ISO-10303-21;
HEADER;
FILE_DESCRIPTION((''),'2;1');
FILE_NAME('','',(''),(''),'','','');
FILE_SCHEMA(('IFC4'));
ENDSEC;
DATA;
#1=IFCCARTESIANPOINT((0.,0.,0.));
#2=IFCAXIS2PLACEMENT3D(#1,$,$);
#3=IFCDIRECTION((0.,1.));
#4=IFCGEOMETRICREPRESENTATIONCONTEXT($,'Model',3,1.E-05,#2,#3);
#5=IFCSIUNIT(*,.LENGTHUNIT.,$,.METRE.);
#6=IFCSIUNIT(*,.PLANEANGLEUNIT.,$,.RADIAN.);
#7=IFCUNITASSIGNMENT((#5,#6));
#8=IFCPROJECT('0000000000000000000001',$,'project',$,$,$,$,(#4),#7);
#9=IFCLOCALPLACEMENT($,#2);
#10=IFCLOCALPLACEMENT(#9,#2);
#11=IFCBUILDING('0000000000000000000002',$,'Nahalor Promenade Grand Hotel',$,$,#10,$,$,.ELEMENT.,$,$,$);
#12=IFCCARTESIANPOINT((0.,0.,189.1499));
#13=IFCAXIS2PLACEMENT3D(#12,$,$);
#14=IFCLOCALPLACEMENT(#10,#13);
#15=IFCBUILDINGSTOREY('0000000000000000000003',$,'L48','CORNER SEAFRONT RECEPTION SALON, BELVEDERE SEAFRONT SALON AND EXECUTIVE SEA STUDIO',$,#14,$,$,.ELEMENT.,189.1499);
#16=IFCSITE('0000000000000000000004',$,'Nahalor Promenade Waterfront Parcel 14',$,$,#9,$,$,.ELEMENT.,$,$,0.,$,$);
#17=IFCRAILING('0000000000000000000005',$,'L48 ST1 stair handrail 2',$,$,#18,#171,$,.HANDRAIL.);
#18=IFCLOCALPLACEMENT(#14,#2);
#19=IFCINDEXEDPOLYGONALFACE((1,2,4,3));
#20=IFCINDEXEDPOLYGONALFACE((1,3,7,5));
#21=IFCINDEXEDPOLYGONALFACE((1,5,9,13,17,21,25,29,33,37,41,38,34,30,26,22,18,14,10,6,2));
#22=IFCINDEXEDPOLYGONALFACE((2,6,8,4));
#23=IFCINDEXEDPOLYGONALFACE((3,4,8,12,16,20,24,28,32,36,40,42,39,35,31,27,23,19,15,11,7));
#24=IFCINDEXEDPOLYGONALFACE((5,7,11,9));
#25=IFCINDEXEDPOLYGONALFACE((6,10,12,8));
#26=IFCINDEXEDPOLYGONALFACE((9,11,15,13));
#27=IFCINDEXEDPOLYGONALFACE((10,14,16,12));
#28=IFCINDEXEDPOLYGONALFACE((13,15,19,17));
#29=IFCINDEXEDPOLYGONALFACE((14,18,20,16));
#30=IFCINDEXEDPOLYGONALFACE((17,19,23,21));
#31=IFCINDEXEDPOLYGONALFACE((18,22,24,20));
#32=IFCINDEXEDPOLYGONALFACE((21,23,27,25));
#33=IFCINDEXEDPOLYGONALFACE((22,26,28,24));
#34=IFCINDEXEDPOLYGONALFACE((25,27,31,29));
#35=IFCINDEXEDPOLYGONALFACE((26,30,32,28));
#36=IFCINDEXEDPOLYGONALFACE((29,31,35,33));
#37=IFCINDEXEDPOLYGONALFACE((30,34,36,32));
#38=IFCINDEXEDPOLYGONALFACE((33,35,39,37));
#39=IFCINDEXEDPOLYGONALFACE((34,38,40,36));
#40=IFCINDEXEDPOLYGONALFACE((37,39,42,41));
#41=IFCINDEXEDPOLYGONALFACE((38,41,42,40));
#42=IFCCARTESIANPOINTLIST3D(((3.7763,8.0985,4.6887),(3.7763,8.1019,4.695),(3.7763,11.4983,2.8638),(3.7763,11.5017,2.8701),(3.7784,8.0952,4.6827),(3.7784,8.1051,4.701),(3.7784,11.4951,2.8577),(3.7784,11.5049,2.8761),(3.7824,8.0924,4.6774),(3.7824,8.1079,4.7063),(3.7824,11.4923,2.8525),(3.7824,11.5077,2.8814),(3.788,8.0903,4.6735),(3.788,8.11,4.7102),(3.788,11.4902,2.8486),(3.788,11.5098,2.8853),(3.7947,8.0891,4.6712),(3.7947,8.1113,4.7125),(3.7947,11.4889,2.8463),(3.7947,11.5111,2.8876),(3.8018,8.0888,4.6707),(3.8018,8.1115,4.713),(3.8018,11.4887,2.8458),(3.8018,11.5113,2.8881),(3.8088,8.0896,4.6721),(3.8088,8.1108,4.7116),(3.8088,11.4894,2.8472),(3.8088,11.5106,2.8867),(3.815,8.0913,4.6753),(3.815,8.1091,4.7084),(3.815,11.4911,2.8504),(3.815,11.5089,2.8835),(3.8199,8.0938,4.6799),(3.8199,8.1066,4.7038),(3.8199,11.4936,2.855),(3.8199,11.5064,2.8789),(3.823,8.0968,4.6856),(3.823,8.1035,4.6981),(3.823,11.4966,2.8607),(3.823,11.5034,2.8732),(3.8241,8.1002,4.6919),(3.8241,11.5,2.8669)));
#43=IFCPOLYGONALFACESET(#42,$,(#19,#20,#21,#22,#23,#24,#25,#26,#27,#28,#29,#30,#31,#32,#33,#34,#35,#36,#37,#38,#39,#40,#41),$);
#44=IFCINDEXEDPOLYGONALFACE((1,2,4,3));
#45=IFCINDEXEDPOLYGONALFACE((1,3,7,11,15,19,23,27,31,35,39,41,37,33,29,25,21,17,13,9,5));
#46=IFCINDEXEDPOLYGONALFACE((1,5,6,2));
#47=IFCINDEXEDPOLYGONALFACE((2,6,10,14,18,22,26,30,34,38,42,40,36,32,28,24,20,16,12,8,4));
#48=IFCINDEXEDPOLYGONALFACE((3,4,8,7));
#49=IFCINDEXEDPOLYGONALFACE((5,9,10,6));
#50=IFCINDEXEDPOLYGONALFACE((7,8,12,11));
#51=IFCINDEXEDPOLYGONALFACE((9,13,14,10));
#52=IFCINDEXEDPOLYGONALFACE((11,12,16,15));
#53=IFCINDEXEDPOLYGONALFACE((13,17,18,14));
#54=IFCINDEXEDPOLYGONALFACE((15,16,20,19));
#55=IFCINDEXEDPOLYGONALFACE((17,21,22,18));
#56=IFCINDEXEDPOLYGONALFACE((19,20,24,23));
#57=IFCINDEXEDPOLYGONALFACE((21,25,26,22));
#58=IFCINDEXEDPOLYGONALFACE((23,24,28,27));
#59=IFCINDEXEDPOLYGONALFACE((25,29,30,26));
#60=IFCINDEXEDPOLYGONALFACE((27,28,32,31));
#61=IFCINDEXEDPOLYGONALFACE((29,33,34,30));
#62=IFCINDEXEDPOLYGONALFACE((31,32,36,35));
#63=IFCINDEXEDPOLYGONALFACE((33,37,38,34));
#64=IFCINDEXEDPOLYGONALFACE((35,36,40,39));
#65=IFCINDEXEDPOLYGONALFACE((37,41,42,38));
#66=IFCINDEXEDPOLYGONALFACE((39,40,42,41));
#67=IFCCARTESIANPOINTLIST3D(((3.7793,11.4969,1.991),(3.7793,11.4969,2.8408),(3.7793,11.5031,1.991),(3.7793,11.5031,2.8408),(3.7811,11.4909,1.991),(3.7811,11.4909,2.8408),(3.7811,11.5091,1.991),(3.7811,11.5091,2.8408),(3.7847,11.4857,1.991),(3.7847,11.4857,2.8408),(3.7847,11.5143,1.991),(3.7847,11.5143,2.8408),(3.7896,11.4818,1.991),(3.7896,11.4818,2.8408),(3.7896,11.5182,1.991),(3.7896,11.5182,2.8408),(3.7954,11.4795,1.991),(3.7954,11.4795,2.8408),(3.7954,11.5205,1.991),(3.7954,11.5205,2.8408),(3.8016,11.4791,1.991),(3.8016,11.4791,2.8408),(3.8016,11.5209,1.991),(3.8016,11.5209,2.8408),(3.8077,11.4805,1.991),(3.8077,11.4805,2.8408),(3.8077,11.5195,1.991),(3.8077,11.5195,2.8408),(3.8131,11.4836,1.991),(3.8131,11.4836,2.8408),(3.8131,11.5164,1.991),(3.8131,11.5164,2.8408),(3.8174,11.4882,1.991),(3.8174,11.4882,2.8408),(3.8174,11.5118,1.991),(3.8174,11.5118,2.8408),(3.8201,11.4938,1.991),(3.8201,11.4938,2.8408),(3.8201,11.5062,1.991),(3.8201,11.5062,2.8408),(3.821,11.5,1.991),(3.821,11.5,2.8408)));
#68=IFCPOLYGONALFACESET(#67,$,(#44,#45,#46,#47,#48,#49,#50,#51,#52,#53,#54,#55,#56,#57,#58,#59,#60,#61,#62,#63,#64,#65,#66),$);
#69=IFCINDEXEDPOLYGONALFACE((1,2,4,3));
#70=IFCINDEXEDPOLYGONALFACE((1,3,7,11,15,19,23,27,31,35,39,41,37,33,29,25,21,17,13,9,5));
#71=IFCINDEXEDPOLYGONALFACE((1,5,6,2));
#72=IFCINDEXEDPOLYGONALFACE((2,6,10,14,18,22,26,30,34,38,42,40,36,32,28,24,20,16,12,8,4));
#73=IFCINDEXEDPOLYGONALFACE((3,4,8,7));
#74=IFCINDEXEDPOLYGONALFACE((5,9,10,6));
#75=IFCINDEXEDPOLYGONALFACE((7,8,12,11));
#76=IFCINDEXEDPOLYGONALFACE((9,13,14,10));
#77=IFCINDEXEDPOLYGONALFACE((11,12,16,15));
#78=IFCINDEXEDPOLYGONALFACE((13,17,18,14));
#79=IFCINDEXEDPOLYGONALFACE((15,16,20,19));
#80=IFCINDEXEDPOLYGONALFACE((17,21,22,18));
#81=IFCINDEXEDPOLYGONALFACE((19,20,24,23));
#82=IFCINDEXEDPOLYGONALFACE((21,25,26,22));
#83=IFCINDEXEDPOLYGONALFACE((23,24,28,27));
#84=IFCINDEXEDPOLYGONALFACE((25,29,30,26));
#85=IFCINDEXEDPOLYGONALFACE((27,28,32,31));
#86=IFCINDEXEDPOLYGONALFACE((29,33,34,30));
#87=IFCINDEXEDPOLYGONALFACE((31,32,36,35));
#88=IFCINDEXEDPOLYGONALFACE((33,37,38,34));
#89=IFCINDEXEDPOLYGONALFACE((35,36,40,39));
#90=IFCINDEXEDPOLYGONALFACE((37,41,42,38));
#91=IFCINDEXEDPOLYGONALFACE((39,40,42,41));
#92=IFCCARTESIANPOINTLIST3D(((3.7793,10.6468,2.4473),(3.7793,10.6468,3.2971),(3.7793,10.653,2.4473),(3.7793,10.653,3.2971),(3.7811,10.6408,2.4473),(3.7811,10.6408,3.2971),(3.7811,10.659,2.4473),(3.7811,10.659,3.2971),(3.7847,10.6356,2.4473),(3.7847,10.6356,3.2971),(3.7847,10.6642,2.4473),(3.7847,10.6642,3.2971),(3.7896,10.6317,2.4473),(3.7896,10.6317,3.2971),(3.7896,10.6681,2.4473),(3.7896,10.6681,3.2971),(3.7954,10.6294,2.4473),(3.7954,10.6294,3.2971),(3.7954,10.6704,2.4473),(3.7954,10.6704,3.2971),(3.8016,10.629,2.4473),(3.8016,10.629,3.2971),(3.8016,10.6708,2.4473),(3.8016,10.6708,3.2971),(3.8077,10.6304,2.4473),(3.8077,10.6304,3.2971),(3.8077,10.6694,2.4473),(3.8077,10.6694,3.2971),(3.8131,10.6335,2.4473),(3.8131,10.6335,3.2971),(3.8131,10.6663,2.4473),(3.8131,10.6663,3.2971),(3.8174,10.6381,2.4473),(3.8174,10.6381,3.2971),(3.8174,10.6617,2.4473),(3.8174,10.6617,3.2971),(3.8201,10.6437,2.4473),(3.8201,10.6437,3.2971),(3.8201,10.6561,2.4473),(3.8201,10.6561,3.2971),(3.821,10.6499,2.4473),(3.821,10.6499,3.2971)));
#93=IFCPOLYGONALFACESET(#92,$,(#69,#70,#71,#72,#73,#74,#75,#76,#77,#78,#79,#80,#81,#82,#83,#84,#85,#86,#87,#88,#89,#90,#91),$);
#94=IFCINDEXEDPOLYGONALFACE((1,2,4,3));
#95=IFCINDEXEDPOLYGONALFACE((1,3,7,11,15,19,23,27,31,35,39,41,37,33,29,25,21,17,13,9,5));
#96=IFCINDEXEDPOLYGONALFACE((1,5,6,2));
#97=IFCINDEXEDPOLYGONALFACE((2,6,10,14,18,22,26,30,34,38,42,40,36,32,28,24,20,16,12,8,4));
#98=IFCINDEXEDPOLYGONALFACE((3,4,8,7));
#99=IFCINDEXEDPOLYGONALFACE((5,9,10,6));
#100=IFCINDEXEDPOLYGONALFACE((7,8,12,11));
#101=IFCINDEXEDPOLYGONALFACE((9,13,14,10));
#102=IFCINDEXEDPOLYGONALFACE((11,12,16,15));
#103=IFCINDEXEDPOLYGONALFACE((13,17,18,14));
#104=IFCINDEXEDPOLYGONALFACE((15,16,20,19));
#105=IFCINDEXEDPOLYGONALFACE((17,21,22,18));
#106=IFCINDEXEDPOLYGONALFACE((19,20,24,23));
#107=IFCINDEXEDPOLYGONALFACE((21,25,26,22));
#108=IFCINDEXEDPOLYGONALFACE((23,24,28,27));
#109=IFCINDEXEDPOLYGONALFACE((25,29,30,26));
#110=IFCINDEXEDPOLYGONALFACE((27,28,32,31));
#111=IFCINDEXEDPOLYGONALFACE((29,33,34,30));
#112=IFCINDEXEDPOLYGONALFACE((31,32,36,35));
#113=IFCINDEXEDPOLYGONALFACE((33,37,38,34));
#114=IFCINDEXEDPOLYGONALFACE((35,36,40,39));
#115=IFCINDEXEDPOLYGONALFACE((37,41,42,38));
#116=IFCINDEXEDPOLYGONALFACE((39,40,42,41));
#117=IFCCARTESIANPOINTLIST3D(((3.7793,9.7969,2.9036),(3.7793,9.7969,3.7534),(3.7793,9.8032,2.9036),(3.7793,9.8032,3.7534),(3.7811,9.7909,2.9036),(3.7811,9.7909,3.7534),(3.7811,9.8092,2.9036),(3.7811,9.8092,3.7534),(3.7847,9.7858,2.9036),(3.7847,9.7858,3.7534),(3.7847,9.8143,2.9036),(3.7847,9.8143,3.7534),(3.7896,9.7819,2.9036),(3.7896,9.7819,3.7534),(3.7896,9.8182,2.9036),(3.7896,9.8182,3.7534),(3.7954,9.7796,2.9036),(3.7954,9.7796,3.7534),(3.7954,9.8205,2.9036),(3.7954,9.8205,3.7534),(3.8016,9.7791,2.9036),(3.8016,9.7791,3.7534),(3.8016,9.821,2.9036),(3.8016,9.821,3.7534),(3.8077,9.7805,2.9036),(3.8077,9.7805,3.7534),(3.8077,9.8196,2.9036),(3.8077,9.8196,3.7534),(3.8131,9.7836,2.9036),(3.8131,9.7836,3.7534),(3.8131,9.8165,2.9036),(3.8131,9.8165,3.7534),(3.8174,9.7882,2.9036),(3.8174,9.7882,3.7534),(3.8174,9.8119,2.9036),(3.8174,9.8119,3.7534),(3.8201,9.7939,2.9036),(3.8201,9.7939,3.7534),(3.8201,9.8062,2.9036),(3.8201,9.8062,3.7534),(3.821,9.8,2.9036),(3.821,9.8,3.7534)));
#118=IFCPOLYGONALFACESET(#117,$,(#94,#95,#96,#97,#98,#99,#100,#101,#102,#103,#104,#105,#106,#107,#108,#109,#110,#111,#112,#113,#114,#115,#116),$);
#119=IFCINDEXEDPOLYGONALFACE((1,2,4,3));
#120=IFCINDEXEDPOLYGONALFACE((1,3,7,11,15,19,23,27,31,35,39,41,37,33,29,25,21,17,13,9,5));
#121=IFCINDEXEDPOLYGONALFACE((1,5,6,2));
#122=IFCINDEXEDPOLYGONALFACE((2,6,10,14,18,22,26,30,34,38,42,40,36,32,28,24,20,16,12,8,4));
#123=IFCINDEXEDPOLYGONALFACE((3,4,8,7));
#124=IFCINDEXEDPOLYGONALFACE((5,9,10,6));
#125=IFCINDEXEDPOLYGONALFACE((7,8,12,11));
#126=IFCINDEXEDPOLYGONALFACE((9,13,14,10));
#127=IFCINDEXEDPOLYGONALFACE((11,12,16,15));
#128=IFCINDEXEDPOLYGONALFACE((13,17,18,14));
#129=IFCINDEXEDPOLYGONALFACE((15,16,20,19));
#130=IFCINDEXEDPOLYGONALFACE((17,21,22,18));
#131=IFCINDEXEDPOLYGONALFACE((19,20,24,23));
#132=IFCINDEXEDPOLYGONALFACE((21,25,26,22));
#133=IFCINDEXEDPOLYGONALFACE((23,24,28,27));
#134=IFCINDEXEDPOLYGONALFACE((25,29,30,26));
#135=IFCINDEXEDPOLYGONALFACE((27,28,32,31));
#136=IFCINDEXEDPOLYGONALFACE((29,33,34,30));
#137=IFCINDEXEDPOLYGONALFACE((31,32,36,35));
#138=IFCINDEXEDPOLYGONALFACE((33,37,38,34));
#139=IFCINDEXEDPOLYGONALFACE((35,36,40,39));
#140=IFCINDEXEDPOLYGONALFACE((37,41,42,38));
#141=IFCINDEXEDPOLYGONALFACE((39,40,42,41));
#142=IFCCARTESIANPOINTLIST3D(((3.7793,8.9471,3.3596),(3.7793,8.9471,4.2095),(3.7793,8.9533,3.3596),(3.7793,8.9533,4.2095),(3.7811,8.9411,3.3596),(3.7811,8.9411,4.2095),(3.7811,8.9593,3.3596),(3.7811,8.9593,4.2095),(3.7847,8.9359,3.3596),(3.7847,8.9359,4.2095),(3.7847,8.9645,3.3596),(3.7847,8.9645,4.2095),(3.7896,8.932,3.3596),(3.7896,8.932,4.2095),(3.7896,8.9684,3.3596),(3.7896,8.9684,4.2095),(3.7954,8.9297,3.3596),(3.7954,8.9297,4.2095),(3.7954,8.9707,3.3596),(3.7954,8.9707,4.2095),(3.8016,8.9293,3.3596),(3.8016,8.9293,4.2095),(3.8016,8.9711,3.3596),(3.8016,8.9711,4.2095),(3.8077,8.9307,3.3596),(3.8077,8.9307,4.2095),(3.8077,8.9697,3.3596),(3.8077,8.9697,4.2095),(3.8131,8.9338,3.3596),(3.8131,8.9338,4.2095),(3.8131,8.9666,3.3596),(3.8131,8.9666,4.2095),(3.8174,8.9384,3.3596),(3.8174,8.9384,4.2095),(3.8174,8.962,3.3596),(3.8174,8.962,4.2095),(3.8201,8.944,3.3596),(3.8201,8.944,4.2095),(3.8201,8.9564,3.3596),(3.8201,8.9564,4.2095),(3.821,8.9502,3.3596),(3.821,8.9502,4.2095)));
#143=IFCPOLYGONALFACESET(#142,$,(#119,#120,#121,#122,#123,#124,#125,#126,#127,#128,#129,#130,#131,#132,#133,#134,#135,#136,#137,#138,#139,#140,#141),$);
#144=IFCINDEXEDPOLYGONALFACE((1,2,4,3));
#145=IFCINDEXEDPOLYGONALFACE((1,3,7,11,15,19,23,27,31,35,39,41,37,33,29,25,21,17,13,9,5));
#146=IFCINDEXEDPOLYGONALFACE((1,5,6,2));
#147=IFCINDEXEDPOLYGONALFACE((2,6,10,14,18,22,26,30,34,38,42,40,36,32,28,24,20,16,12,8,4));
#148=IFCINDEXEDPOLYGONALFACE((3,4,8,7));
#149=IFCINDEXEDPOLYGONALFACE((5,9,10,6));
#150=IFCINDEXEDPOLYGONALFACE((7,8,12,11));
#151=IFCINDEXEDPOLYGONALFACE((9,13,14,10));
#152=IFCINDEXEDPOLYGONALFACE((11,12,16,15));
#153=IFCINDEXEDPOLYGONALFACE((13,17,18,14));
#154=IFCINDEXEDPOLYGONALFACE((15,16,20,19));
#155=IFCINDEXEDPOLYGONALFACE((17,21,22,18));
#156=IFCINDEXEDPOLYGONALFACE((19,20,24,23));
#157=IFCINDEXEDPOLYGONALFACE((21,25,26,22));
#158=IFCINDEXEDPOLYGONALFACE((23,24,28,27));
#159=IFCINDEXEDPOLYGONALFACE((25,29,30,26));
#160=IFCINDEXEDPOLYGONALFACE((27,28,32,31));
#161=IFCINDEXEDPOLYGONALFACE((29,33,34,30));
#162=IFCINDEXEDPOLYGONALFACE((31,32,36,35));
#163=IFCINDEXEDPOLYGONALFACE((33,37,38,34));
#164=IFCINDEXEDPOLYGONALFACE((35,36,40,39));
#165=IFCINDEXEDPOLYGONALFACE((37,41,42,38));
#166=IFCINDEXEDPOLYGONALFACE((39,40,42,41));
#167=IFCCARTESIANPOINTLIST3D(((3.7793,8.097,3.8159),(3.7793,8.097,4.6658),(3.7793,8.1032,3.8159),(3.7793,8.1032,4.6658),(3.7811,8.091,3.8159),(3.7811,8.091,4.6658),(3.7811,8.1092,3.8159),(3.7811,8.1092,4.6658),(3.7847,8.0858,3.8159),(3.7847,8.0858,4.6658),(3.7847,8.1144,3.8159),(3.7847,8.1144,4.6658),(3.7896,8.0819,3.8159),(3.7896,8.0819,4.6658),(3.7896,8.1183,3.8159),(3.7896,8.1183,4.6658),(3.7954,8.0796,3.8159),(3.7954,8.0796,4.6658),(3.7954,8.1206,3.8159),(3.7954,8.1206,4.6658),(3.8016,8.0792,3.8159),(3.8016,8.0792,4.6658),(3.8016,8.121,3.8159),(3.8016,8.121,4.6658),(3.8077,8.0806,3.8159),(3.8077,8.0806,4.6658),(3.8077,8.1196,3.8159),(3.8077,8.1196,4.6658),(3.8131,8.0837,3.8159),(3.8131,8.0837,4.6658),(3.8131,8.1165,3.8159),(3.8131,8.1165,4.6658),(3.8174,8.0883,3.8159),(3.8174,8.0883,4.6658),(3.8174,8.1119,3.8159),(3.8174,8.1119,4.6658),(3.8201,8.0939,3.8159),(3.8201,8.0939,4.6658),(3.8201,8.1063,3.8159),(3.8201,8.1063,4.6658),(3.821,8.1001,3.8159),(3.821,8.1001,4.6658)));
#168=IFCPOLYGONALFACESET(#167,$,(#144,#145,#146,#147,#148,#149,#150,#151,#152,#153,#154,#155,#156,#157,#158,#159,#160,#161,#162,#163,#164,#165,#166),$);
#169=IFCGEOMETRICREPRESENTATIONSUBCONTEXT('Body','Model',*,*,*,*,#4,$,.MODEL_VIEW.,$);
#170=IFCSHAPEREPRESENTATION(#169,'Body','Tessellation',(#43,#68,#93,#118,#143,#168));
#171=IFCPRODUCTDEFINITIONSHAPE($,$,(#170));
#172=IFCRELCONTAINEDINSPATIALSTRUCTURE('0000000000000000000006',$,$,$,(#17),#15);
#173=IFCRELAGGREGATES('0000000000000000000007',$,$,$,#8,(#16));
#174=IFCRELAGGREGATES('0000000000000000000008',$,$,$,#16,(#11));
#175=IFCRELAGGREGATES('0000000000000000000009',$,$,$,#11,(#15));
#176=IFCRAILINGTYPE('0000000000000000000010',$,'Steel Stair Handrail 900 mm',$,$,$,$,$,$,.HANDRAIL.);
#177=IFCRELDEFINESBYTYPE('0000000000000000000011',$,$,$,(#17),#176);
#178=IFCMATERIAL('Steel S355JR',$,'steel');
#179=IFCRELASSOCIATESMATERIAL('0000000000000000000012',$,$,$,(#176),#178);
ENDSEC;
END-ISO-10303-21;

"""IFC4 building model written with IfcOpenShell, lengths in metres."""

from ifc_helpers import new_model, si_unit, direction, frame, origin, origin_2d, place, context, subcontext, project, spatial, circle, extrude, material, type_object, element, save


model = new_model("IFC4")

# Units and contexts
model_context = context("Model", 3, precision=1e-05, world=origin(), true_north=direction((0.0, 1.0)))
body_context = subcontext(model_context, "Body", "Model", "MODEL_VIEW")
ifc_project = project(units=[si_unit("LENGTHUNIT", "METRE"), si_unit("PLANEANGLEUNIT", "RADIAN")], contexts=[model_context])

# Site, building, storey
site_placement = place(None, origin())
site = spatial("IfcSite", under=ifc_project, at=site_placement, Name="Nahalor Promenade Waterfront Parcel 14", CompositionType="ELEMENT", RefElevation=0.0)
building_placement = place(site_placement, origin())
building = spatial("IfcBuilding", under=site, at=building_placement, Name="Nahalor Promenade Grand Hotel", CompositionType="ELEMENT")
storey_placement = place(building_placement, frame((0.0, 0.0, 189.1499)))
storey = spatial("IfcBuildingStorey", under=building, at=storey_placement, Name="L48", Description="CORNER SEAFRONT RECEPTION SALON, BELVEDERE SEAFRONT SALON AND EXECUTIVE SEA STUDIO", CompositionType="ELEMENT", Elevation=189.1499)

# Shared definitions
ifc_material_1 = material(Name="Steel S355JR", Category="steel")

# Railing
railing_type_1 = type_object("IfcRailingType", Name="Steel Stair Handrail 900 mm", PredefinedType="HANDRAIL", material=ifc_material_1)
railing_1_placement = place(storey_placement, frame((3.8, 11.5, 1.991)))
element("IfcRailing", 1, at=railing_1_placement, inside=storey, type_object=railing_type_1, Name="L48 ST1 stair handrail 2", PredefinedType="HANDRAIL", context=body_context, shape_type="SweptSolid", body=[
    extrude(circle(Radius=0.024, at=origin_2d()), frame((0.0, 0.0, 0.876), z_axis=(0.0, -0.881094, 0.472941), x_axis=(1.0, 0.0, 0.0)), (0.0, 0.0, 1.0), 3.8586),
    extrude(circle(Radius=0.021, at=origin_2d()), origin(), (0.0, 0.0, 1.0), 0.8499),
    extrude(circle(Radius=0.021, at=origin_2d()), frame((0.0, -0.8501, 0.4563)), (0.0, 0.0, 1.0), 0.8499),
    extrude(circle(Radius=0.021, at=origin_2d()), frame((0.0, -1.7, 0.9126)), (0.0, 0.0, 1.0), 0.8499),
    extrude(circle(Radius=0.021, at=origin_2d()), frame((0.0, -2.5498, 1.3687)), (0.0, 0.0, 1.0), 0.8499),
    extrude(circle(Radius=0.021, at=origin_2d()), frame((0.0, -3.3999, 1.825)), (0.0, 0.0, 1.0), 0.8499),
])

save(model, "model.ifc")
